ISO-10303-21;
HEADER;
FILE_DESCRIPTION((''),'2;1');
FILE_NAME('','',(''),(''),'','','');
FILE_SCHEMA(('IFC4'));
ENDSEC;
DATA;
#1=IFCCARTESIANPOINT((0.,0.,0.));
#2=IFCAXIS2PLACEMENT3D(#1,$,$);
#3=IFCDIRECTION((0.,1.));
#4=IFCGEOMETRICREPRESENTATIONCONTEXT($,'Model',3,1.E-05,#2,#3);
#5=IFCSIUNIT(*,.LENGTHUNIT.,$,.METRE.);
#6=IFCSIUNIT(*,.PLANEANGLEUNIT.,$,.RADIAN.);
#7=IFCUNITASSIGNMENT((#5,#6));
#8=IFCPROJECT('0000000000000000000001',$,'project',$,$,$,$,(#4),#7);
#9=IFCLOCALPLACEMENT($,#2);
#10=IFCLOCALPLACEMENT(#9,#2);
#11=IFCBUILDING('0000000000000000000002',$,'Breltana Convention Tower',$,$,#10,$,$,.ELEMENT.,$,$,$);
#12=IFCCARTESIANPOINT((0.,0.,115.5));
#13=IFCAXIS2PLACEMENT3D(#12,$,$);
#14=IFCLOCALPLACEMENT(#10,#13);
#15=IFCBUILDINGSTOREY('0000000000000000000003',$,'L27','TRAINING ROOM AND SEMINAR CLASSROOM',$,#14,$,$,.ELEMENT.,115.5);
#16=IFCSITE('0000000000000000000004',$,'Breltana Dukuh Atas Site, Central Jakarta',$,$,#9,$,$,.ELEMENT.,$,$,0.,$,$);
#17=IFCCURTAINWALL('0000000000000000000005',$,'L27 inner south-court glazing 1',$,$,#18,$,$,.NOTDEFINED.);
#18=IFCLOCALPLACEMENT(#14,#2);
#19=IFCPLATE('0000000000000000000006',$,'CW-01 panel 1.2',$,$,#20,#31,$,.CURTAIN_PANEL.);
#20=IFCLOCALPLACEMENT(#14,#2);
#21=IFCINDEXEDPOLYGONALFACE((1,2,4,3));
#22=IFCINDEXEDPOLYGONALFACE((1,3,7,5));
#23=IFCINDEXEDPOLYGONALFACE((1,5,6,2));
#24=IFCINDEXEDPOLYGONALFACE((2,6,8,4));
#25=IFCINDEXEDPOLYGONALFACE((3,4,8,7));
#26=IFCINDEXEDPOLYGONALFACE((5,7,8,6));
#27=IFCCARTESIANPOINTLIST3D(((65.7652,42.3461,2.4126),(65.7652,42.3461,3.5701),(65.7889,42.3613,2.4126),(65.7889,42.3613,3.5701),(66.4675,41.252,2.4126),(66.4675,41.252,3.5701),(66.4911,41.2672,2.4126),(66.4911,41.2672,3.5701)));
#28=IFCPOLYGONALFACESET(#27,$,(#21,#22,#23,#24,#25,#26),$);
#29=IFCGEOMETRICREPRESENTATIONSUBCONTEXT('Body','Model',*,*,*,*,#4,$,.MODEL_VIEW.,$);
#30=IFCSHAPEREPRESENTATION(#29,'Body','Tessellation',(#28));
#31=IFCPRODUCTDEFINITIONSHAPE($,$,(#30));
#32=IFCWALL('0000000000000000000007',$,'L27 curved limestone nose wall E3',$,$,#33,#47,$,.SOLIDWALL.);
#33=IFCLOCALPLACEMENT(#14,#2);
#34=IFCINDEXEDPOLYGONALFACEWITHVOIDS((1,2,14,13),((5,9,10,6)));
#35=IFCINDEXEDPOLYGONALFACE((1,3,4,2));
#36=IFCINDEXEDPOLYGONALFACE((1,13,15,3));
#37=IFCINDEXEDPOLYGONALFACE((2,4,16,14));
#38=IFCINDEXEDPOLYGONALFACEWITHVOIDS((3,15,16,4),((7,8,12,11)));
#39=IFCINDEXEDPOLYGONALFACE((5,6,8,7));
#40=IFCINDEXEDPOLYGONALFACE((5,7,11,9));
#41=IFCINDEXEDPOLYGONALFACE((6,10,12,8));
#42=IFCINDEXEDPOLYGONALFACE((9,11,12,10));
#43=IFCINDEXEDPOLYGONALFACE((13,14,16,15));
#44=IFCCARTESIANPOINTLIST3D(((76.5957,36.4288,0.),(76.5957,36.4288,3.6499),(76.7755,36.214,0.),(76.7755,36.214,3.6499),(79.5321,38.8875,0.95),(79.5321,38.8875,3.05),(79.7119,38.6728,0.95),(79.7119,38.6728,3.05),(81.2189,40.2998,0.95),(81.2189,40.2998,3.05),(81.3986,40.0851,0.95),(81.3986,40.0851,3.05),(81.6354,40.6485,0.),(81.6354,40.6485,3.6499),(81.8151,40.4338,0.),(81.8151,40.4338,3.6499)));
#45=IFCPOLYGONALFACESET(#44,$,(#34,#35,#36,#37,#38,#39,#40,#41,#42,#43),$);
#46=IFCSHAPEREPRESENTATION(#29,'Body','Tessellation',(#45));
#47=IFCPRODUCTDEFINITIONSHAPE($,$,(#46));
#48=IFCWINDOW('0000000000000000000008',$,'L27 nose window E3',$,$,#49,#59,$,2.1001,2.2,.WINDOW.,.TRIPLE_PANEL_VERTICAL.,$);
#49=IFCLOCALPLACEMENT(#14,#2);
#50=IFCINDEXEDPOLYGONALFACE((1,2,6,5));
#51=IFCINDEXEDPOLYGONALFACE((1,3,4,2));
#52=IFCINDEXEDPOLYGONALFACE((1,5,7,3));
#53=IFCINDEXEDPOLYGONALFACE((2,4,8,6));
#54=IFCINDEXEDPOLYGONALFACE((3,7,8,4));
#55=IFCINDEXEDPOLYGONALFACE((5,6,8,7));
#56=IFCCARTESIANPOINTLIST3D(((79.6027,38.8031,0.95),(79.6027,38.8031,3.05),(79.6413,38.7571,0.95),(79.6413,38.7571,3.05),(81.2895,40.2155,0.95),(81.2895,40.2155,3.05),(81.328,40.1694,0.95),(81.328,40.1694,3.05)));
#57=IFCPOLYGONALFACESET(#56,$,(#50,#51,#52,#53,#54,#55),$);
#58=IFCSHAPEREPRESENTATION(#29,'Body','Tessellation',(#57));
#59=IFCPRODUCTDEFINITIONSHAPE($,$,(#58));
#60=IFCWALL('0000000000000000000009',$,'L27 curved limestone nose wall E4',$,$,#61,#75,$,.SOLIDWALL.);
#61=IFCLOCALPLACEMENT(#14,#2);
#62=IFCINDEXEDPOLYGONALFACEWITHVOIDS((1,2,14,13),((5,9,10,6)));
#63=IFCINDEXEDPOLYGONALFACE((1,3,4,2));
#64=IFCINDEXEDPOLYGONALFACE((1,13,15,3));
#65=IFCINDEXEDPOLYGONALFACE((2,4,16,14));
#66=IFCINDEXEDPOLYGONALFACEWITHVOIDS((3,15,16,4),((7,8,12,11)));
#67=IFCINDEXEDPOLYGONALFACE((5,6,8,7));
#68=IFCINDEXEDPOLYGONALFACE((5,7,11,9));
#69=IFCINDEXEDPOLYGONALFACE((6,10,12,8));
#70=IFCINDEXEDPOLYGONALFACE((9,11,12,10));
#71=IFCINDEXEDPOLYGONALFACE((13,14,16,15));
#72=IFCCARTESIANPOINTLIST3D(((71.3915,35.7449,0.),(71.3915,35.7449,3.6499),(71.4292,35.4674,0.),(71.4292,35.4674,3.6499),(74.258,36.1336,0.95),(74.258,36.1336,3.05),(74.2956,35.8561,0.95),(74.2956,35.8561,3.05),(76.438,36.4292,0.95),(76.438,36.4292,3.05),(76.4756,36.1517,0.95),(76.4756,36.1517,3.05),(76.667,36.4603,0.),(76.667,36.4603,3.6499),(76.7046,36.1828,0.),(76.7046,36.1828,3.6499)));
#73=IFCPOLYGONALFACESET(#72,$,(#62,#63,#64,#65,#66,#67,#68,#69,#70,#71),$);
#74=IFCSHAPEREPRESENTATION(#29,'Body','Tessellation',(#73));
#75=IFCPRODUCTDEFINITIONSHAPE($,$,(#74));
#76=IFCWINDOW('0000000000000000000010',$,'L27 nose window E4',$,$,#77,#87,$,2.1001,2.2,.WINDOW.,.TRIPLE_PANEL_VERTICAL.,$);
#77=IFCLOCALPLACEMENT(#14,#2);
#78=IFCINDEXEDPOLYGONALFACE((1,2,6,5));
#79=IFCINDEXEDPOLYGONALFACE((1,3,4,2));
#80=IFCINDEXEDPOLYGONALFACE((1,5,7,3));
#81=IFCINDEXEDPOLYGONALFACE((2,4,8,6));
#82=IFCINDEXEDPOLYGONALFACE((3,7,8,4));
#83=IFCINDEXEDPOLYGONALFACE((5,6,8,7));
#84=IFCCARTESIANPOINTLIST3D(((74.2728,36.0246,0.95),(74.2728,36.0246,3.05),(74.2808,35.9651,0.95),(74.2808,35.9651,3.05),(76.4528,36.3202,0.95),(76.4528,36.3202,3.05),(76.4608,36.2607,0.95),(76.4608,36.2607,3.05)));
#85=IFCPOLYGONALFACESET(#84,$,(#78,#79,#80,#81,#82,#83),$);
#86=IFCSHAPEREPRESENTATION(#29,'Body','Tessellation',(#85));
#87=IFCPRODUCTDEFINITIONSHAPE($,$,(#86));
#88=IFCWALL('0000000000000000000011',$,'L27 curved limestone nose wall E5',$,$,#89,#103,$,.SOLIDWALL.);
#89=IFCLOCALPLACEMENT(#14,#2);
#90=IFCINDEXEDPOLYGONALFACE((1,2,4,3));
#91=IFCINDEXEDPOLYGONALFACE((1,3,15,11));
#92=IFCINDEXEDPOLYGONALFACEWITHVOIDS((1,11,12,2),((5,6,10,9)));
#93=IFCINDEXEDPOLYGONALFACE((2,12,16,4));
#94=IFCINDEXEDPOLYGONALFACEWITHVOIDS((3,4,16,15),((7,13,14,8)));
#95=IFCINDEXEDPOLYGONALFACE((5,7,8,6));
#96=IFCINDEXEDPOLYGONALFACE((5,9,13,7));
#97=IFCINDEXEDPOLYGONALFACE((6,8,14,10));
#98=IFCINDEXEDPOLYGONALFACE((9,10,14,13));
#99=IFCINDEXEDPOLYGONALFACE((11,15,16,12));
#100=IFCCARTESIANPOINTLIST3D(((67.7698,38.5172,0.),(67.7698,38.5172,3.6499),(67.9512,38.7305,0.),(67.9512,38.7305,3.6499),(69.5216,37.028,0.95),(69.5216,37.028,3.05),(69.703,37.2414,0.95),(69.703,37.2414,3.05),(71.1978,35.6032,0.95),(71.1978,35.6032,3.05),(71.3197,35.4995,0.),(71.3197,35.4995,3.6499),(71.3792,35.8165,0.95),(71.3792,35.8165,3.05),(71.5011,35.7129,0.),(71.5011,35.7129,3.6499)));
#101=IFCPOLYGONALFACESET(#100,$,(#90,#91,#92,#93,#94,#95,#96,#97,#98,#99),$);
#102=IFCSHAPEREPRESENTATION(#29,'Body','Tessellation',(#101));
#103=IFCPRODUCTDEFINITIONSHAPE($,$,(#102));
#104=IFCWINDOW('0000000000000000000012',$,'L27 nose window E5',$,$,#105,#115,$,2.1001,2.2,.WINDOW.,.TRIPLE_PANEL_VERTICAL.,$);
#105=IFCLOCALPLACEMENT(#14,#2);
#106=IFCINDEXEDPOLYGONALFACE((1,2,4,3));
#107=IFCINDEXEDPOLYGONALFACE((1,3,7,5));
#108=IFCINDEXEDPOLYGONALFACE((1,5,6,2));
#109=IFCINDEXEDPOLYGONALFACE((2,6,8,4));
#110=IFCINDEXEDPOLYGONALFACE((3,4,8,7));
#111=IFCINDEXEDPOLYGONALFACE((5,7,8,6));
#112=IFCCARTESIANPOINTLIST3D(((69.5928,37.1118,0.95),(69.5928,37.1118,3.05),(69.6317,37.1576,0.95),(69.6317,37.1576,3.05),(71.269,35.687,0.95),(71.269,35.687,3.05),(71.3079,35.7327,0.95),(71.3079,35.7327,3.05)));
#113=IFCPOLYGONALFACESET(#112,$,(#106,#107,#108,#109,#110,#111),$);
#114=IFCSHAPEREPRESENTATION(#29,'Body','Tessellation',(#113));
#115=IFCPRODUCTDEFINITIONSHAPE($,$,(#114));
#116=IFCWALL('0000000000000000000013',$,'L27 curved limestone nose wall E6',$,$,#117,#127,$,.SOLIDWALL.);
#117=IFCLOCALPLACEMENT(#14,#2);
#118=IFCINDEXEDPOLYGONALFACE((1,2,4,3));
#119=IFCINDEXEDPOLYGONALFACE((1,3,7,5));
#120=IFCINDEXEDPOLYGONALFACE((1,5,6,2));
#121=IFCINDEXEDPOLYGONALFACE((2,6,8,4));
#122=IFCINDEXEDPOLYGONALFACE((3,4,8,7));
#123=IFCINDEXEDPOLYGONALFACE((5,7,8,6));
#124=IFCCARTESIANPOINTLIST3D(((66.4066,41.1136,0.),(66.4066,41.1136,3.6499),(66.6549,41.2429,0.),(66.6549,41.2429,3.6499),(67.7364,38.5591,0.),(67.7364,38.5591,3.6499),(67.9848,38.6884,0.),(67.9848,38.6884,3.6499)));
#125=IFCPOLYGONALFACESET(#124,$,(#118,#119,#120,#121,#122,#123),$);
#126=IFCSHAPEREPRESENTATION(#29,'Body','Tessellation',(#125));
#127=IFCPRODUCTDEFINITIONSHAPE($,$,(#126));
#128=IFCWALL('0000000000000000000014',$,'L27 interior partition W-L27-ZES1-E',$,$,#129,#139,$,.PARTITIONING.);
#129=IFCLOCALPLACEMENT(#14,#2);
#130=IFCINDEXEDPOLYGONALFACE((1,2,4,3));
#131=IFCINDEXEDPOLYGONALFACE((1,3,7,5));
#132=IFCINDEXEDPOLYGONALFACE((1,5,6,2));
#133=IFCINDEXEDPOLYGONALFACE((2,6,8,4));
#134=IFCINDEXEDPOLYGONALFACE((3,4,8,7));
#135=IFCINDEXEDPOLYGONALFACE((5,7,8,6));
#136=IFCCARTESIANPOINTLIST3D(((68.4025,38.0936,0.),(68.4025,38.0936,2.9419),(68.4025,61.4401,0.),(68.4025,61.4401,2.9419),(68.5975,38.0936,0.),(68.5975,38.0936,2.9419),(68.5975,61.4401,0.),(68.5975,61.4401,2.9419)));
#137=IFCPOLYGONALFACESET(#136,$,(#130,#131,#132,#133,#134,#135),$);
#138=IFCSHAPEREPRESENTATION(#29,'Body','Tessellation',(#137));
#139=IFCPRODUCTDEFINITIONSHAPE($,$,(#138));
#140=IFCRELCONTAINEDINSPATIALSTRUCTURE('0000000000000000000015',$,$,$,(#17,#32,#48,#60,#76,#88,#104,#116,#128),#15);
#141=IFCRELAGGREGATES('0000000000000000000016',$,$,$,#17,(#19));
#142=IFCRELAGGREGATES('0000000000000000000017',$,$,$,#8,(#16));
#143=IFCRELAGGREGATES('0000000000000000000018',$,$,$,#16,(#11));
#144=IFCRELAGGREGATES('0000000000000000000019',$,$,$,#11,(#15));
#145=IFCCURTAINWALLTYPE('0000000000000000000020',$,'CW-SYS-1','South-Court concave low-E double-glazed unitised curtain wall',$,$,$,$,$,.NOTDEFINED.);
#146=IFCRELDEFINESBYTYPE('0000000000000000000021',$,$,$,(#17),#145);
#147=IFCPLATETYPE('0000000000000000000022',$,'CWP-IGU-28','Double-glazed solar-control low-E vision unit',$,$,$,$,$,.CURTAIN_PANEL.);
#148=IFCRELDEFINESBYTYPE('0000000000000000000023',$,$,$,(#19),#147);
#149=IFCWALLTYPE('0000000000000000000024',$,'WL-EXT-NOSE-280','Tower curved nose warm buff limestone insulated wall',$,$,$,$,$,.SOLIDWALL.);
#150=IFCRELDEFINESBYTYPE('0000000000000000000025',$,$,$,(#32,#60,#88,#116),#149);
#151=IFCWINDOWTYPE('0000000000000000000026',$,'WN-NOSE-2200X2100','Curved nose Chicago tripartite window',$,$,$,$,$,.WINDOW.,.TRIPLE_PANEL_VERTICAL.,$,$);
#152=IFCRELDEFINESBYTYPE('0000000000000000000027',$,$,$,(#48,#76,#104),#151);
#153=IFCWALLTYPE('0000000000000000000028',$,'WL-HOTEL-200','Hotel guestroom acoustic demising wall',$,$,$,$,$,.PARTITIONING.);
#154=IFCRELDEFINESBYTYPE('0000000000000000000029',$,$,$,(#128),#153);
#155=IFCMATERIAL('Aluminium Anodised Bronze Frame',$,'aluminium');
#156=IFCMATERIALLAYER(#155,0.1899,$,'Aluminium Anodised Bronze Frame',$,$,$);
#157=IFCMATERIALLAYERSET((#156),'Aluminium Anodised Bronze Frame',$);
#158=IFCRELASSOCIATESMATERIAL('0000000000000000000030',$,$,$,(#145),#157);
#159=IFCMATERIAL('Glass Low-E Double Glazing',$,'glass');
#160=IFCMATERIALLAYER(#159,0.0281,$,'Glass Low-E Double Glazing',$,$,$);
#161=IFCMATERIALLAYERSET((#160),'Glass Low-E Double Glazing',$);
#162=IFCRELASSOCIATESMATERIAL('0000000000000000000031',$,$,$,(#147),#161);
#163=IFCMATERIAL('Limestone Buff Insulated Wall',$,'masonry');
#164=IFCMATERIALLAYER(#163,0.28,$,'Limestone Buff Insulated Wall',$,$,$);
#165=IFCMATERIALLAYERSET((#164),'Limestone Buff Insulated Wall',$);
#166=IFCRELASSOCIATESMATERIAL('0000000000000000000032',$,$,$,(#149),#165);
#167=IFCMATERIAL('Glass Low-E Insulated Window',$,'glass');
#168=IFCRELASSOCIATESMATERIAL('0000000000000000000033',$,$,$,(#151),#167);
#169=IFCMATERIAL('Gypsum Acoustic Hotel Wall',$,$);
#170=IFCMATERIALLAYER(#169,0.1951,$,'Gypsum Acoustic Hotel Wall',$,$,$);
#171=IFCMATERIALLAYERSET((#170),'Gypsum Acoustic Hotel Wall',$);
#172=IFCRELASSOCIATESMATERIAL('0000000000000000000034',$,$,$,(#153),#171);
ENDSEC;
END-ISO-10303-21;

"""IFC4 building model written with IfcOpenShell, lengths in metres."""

from ifc_helpers import new_model, si_unit, direction, frame, frame_2d, origin, origin_2d, place, context, subcontext, project, spatial, rectangle, extrude, source, transform, mapped, material, layer, layer_set, type_object, type_shapes, element, fill, aggregate, save


model = new_model("IFC4")

# Units and contexts
model_context = context("Model", 3, precision=1e-05, world=origin(), true_north=direction((0.0, 1.0)))
body_context = subcontext(model_context, "Body", "Model", "MODEL_VIEW")
ifc_project = project(units=[si_unit("LENGTHUNIT", "METRE"), si_unit("PLANEANGLEUNIT", "RADIAN")], contexts=[model_context])

# Site, building, storey
site_placement = place(None, origin())
site = spatial("IfcSite", under=ifc_project, at=site_placement, Name="Breltana Dukuh Atas Site, Central Jakarta", CompositionType="ELEMENT", RefElevation=0.0)
building_placement = place(site_placement, origin())
building = spatial("IfcBuilding", under=site, at=building_placement, Name="Breltana Convention Tower", CompositionType="ELEMENT")
storey_placement = place(building_placement, frame((0.0, 0.0, 115.5)))
storey = spatial("IfcBuildingStorey", under=building, at=storey_placement, Name="L27", Description="TRAINING ROOM AND SEMINAR CLASSROOM", CompositionType="ELEMENT", Elevation=115.5)

# Curtain wall, plate
ifc_material_1 = material(Name="Aluminium Anodised Bronze Frame", Category="aluminium")
ifc_layer_1 = layer(ifc_material_1, 0.1899, Name="Aluminium Anodised Bronze Frame")
ifc_layer_set_1 = layer_set([ifc_layer_1], Name="Aluminium Anodised Bronze Frame")
curtain_wall_type = type_object("IfcCurtainWallType", Name="CW-SYS-1", Description="South-Court concave low-E double-glazed unitised curtain wall", PredefinedType="NOTDEFINED", material=ifc_layer_set_1)
curtain_wall_placement = place(storey_placement, origin())
curtain_wall = element("IfcCurtainWall", 1, at=curtain_wall_placement, inside=storey, type_object=curtain_wall_type, Name="L27 inner south-court glazing 1", PredefinedType="NOTDEFINED")
ifc_material_2 = material(Name="Glass Low-E Double Glazing", Category="glass")
ifc_layer_2 = layer(ifc_material_2, 0.0281, Name="Glass Low-E Double Glazing")
ifc_layer_set_2 = layer_set([ifc_layer_2], Name="Glass Low-E Double Glazing")
plate_type = type_object("IfcPlateType", Name="CWP-IGU-28", Description="Double-glazed solar-control low-E vision unit", PredefinedType="CURTAIN_PANEL", material=ifc_layer_set_2)
shared_shape_1 = source(origin(), body_context, "Body", "SweptSolid", [
    extrude(rectangle(XDim=1.3, YDim=0.0281, at=origin_2d()), origin(), (0.0, 0.0, 1.0), 1.1575),
])
plate_1_placement = place(storey_placement, frame((66.1282, 41.8066, 2.4126), z_axis=(0.0, 0.0, 1.0), x_axis=(-0.540177, 0.841551, 0.0)))
plate_1 = element("IfcPlate", 2, at=plate_1_placement, type_object=plate_type, Name="CW-01 panel 1.2", PredefinedType="CURTAIN_PANEL", context=body_context, shape_type="MappedRepresentation", body=[
    mapped(shared_shape_1, transform((0.0, 0.0, 0.0), scale=1.0)),
])
aggregate(curtain_wall, [plate_1])

# Walls, openings, windows
ifc_material_3 = material(Name="Limestone Buff Insulated Wall", Category="masonry")
ifc_layer_3 = layer(ifc_material_3, 0.28, Name="Limestone Buff Insulated Wall")
ifc_layer_set_3 = layer_set([ifc_layer_3], Name="Limestone Buff Insulated Wall")
wall_type_1 = type_object("IfcWallType", Name="WL-EXT-NOSE-280", Description="Tower curved nose warm buff limestone insulated wall", PredefinedType="SOLIDWALL", material=ifc_layer_set_3)
shared_shape_2 = source(origin(), body_context, "Body", "SweptSolid", [
    extrude(rectangle(XDim=6.573, YDim=0.28, at=frame_2d((3.2866, 0.0))), origin(), (0.0, 0.0, 1.0), 3.6499),
])
wall_1_placement = place(storey_placement, frame((81.7253, 40.5413, 0.0), z_axis=(0.0, 0.0, 1.0), x_axis=(-0.766715, -0.641987, 0.0)))
wall_1 = element("IfcWall", 3, at=wall_1_placement, inside=storey, type_object=wall_type_1, Name="L27 curved limestone nose wall E3", PredefinedType="SOLIDWALL", context=body_context, shape_type="MappedRepresentation", body=[
    mapped(shared_shape_2, transform((0.0, 0.0, 0.0), scale=1.0)),
])
opening_1_placement = place(wall_1_placement, frame((0.5432, 0.0, 0.95)))
opening_1 = element("IfcOpeningElement", 4, at=opening_1_placement, cuts=wall_1, PredefinedType="OPENING", context=body_context, shape_type="SweptSolid", body=[
    extrude(rectangle(XDim=2.2, YDim=2.1001, at=frame_2d((1.1001, 1.05))), frame((0.0, 0.1499, 0.0), z_axis=(0.0, -1.0, 0.0), x_axis=(1.0, 0.0, 0.0)), (0.0, 0.0, 1.0), 0.3),
])
ifc_material_4 = material(Name="Glass Low-E Insulated Window", Category="glass")
window_type = type_object("IfcWindowType", Name="WN-NOSE-2200X2100", Description="Curved nose Chicago tripartite window", PartitioningType="TRIPLE_PANEL_VERTICAL", PredefinedType="WINDOW", material=ifc_material_4)
shared_shape_3 = source(origin(), body_context, "Body", "SweptSolid", [
    extrude(rectangle(XDim=2.2, YDim=2.1001, at=frame_2d((1.1001, 1.05))), frame((0.0, 0.03, 0.0), z_axis=(0.0, -1.0, 0.0), x_axis=(1.0, 0.0, 0.0)), (0.0, 0.0, 1.0), 0.0601),
])
type_shapes(window_type, [shared_shape_3])
window_1_placement = place(opening_1_placement, origin())
window_1 = element("IfcWindow", 5, at=window_1_placement, inside=storey, type_object=window_type, Name="L27 nose window E3", OverallHeight=2.1001, OverallWidth=2.2, PartitioningType="TRIPLE_PANEL_VERTICAL", PredefinedType="WINDOW", context=body_context, shape_type="MappedRepresentation", body=[
    mapped(shared_shape_3, transform((0.0, 0.0, 0.0), scale=1.0)),
])
fill(opening_1, window_1)
shared_shape_4 = source(origin(), body_context, "Body", "SweptSolid", [
    extrude(rectangle(XDim=5.3237, YDim=0.28, at=frame_2d((2.6619, 0.0))), origin(), (0.0, 0.0, 1.0), 3.6499),
])
wall_2_placement = place(storey_placement, frame((76.6858, 36.3215, 0.0), z_axis=(0.0, 0.0, 1.0), x_axis=(-0.990931, -0.134368, 0.0)))
wall_2 = element("IfcWall", 6, at=wall_2_placement, inside=storey, type_object=wall_type_1, Name="L27 curved limestone nose wall E4", PredefinedType="SOLIDWALL", context=body_context, shape_type="MappedRepresentation", body=[
    mapped(shared_shape_4, transform((0.0, 0.0, 0.0), scale=1.0)),
])
opening_2_placement = place(wall_2_placement, frame((0.231, 0.0, 0.95)))
opening_2 = element("IfcOpeningElement", 7, at=opening_2_placement, cuts=wall_2, PredefinedType="OPENING", context=body_context, shape_type="SweptSolid", body=[
    extrude(rectangle(XDim=2.2, YDim=2.1001, at=frame_2d((1.1001, 1.05))), frame((0.0, 0.1499, 0.0), z_axis=(0.0, -1.0, 0.0), x_axis=(1.0, 0.0, 0.0)), (0.0, 0.0, 1.0), 0.3),
])
window_2_placement = place(opening_2_placement, origin())
window_2 = element("IfcWindow", 8, at=window_2_placement, inside=storey, type_object=window_type, Name="L27 nose window E4", OverallHeight=2.1001, OverallWidth=2.2, PartitioningType="TRIPLE_PANEL_VERTICAL", PredefinedType="WINDOW", context=body_context, shape_type="MappedRepresentation", body=[
    mapped(shared_shape_3, transform((0.0, 0.0, 0.0), scale=1.0)),
])
fill(opening_2, window_2)
shared_shape_5 = source(origin(), body_context, "Body", "SweptSolid", [
    extrude(rectangle(XDim=4.6592, YDim=0.28, at=frame_2d((2.3296, 0.0))), origin(), (0.0, 0.0, 1.0), 3.6499),
])
wall_3_placement = place(storey_placement, frame((71.4104, 35.6062, 0.0), z_axis=(0.0, 0.0, 1.0), x_axis=(-0.761913, 0.647679, 0.0)))
wall_3 = element("IfcWall", 9, at=wall_3_placement, inside=storey, type_object=wall_type_1, Name="L27 curved limestone nose wall E5", PredefinedType="SOLIDWALL", context=body_context, shape_type="MappedRepresentation", body=[
    mapped(shared_shape_5, transform((0.0, 0.0, 0.0), scale=1.0)),
])
opening_3_placement = place(wall_3_placement, frame((0.1599, 0.0, 0.95)))
opening_3 = element("IfcOpeningElement", 10, at=opening_3_placement, cuts=wall_3, PredefinedType="OPENING", context=body_context, shape_type="SweptSolid", body=[
    extrude(rectangle(XDim=2.2, YDim=2.1001, at=frame_2d((1.1001, 1.05))), frame((0.0, 0.1499, 0.0), z_axis=(0.0, -1.0, 0.0), x_axis=(1.0, 0.0, 0.0)), (0.0, 0.0, 1.0), 0.3),
])
window_3_placement = place(opening_3_placement, origin())
window_3 = element("IfcWindow", 11, at=window_3_placement, inside=storey, type_object=window_type, Name="L27 nose window E5", OverallHeight=2.1001, OverallWidth=2.2, PartitioningType="TRIPLE_PANEL_VERTICAL", PredefinedType="WINDOW", context=body_context, shape_type="MappedRepresentation", body=[
    mapped(shared_shape_3, transform((0.0, 0.0, 0.0), scale=1.0)),
])
fill(opening_3, window_3)

# Walls
shared_shape_6 = source(origin(), body_context, "Body", "SweptSolid", [
    extrude(rectangle(XDim=2.8799, YDim=0.28, at=frame_2d((1.4399, 0.0))), origin(), (0.0, 0.0, 1.0), 3.6499),
])
wall_4_placement = place(storey_placement, frame((67.8606, 38.6238, 0.0), z_axis=(0.0, 0.0, 1.0), x_axis=(-0.461769, 0.887, 0.0)))
element("IfcWall", 12, at=wall_4_placement, inside=storey, type_object=wall_type_1, Name="L27 curved limestone nose wall E6", PredefinedType="SOLIDWALL", context=body_context, shape_type="MappedRepresentation", body=[
    mapped(shared_shape_6, transform((0.0, 0.0, 0.0), scale=1.0)),
])
ifc_material_5 = material(Name="Gypsum Acoustic Hotel Wall")
ifc_layer_4 = layer(ifc_material_5, 0.1951, Name="Gypsum Acoustic Hotel Wall")
ifc_layer_set_4 = layer_set([ifc_layer_4], Name="Gypsum Acoustic Hotel Wall")
wall_type_2 = type_object("IfcWallType", Name="WL-HOTEL-200", Description="Hotel guestroom acoustic demising wall", PredefinedType="PARTITIONING", material=ifc_layer_set_4)
shared_shape_7 = source(origin(), body_context, "Body", "SweptSolid", [
    extrude(rectangle(XDim=23.3464, YDim=0.1951, at=frame_2d((11.6733, 0.0))), origin(), (0.0, 0.0, 1.0), 2.9419),
])
wall_5_placement = place(storey_placement, frame((68.5, 38.0935, 0.0), z_axis=(0.0, 0.0, 1.0), x_axis=(0.0, 1.0, 0.0)))
element("IfcWall", 13, at=wall_5_placement, inside=storey, type_object=wall_type_2, Name="L27 interior partition W-L27-ZES1-E", PredefinedType="PARTITIONING", context=body_context, shape_type="MappedRepresentation", body=[
    mapped(shared_shape_7, transform((0.0, 0.0, 0.0), scale=1.0)),
])

save(model, "model.ifc")
